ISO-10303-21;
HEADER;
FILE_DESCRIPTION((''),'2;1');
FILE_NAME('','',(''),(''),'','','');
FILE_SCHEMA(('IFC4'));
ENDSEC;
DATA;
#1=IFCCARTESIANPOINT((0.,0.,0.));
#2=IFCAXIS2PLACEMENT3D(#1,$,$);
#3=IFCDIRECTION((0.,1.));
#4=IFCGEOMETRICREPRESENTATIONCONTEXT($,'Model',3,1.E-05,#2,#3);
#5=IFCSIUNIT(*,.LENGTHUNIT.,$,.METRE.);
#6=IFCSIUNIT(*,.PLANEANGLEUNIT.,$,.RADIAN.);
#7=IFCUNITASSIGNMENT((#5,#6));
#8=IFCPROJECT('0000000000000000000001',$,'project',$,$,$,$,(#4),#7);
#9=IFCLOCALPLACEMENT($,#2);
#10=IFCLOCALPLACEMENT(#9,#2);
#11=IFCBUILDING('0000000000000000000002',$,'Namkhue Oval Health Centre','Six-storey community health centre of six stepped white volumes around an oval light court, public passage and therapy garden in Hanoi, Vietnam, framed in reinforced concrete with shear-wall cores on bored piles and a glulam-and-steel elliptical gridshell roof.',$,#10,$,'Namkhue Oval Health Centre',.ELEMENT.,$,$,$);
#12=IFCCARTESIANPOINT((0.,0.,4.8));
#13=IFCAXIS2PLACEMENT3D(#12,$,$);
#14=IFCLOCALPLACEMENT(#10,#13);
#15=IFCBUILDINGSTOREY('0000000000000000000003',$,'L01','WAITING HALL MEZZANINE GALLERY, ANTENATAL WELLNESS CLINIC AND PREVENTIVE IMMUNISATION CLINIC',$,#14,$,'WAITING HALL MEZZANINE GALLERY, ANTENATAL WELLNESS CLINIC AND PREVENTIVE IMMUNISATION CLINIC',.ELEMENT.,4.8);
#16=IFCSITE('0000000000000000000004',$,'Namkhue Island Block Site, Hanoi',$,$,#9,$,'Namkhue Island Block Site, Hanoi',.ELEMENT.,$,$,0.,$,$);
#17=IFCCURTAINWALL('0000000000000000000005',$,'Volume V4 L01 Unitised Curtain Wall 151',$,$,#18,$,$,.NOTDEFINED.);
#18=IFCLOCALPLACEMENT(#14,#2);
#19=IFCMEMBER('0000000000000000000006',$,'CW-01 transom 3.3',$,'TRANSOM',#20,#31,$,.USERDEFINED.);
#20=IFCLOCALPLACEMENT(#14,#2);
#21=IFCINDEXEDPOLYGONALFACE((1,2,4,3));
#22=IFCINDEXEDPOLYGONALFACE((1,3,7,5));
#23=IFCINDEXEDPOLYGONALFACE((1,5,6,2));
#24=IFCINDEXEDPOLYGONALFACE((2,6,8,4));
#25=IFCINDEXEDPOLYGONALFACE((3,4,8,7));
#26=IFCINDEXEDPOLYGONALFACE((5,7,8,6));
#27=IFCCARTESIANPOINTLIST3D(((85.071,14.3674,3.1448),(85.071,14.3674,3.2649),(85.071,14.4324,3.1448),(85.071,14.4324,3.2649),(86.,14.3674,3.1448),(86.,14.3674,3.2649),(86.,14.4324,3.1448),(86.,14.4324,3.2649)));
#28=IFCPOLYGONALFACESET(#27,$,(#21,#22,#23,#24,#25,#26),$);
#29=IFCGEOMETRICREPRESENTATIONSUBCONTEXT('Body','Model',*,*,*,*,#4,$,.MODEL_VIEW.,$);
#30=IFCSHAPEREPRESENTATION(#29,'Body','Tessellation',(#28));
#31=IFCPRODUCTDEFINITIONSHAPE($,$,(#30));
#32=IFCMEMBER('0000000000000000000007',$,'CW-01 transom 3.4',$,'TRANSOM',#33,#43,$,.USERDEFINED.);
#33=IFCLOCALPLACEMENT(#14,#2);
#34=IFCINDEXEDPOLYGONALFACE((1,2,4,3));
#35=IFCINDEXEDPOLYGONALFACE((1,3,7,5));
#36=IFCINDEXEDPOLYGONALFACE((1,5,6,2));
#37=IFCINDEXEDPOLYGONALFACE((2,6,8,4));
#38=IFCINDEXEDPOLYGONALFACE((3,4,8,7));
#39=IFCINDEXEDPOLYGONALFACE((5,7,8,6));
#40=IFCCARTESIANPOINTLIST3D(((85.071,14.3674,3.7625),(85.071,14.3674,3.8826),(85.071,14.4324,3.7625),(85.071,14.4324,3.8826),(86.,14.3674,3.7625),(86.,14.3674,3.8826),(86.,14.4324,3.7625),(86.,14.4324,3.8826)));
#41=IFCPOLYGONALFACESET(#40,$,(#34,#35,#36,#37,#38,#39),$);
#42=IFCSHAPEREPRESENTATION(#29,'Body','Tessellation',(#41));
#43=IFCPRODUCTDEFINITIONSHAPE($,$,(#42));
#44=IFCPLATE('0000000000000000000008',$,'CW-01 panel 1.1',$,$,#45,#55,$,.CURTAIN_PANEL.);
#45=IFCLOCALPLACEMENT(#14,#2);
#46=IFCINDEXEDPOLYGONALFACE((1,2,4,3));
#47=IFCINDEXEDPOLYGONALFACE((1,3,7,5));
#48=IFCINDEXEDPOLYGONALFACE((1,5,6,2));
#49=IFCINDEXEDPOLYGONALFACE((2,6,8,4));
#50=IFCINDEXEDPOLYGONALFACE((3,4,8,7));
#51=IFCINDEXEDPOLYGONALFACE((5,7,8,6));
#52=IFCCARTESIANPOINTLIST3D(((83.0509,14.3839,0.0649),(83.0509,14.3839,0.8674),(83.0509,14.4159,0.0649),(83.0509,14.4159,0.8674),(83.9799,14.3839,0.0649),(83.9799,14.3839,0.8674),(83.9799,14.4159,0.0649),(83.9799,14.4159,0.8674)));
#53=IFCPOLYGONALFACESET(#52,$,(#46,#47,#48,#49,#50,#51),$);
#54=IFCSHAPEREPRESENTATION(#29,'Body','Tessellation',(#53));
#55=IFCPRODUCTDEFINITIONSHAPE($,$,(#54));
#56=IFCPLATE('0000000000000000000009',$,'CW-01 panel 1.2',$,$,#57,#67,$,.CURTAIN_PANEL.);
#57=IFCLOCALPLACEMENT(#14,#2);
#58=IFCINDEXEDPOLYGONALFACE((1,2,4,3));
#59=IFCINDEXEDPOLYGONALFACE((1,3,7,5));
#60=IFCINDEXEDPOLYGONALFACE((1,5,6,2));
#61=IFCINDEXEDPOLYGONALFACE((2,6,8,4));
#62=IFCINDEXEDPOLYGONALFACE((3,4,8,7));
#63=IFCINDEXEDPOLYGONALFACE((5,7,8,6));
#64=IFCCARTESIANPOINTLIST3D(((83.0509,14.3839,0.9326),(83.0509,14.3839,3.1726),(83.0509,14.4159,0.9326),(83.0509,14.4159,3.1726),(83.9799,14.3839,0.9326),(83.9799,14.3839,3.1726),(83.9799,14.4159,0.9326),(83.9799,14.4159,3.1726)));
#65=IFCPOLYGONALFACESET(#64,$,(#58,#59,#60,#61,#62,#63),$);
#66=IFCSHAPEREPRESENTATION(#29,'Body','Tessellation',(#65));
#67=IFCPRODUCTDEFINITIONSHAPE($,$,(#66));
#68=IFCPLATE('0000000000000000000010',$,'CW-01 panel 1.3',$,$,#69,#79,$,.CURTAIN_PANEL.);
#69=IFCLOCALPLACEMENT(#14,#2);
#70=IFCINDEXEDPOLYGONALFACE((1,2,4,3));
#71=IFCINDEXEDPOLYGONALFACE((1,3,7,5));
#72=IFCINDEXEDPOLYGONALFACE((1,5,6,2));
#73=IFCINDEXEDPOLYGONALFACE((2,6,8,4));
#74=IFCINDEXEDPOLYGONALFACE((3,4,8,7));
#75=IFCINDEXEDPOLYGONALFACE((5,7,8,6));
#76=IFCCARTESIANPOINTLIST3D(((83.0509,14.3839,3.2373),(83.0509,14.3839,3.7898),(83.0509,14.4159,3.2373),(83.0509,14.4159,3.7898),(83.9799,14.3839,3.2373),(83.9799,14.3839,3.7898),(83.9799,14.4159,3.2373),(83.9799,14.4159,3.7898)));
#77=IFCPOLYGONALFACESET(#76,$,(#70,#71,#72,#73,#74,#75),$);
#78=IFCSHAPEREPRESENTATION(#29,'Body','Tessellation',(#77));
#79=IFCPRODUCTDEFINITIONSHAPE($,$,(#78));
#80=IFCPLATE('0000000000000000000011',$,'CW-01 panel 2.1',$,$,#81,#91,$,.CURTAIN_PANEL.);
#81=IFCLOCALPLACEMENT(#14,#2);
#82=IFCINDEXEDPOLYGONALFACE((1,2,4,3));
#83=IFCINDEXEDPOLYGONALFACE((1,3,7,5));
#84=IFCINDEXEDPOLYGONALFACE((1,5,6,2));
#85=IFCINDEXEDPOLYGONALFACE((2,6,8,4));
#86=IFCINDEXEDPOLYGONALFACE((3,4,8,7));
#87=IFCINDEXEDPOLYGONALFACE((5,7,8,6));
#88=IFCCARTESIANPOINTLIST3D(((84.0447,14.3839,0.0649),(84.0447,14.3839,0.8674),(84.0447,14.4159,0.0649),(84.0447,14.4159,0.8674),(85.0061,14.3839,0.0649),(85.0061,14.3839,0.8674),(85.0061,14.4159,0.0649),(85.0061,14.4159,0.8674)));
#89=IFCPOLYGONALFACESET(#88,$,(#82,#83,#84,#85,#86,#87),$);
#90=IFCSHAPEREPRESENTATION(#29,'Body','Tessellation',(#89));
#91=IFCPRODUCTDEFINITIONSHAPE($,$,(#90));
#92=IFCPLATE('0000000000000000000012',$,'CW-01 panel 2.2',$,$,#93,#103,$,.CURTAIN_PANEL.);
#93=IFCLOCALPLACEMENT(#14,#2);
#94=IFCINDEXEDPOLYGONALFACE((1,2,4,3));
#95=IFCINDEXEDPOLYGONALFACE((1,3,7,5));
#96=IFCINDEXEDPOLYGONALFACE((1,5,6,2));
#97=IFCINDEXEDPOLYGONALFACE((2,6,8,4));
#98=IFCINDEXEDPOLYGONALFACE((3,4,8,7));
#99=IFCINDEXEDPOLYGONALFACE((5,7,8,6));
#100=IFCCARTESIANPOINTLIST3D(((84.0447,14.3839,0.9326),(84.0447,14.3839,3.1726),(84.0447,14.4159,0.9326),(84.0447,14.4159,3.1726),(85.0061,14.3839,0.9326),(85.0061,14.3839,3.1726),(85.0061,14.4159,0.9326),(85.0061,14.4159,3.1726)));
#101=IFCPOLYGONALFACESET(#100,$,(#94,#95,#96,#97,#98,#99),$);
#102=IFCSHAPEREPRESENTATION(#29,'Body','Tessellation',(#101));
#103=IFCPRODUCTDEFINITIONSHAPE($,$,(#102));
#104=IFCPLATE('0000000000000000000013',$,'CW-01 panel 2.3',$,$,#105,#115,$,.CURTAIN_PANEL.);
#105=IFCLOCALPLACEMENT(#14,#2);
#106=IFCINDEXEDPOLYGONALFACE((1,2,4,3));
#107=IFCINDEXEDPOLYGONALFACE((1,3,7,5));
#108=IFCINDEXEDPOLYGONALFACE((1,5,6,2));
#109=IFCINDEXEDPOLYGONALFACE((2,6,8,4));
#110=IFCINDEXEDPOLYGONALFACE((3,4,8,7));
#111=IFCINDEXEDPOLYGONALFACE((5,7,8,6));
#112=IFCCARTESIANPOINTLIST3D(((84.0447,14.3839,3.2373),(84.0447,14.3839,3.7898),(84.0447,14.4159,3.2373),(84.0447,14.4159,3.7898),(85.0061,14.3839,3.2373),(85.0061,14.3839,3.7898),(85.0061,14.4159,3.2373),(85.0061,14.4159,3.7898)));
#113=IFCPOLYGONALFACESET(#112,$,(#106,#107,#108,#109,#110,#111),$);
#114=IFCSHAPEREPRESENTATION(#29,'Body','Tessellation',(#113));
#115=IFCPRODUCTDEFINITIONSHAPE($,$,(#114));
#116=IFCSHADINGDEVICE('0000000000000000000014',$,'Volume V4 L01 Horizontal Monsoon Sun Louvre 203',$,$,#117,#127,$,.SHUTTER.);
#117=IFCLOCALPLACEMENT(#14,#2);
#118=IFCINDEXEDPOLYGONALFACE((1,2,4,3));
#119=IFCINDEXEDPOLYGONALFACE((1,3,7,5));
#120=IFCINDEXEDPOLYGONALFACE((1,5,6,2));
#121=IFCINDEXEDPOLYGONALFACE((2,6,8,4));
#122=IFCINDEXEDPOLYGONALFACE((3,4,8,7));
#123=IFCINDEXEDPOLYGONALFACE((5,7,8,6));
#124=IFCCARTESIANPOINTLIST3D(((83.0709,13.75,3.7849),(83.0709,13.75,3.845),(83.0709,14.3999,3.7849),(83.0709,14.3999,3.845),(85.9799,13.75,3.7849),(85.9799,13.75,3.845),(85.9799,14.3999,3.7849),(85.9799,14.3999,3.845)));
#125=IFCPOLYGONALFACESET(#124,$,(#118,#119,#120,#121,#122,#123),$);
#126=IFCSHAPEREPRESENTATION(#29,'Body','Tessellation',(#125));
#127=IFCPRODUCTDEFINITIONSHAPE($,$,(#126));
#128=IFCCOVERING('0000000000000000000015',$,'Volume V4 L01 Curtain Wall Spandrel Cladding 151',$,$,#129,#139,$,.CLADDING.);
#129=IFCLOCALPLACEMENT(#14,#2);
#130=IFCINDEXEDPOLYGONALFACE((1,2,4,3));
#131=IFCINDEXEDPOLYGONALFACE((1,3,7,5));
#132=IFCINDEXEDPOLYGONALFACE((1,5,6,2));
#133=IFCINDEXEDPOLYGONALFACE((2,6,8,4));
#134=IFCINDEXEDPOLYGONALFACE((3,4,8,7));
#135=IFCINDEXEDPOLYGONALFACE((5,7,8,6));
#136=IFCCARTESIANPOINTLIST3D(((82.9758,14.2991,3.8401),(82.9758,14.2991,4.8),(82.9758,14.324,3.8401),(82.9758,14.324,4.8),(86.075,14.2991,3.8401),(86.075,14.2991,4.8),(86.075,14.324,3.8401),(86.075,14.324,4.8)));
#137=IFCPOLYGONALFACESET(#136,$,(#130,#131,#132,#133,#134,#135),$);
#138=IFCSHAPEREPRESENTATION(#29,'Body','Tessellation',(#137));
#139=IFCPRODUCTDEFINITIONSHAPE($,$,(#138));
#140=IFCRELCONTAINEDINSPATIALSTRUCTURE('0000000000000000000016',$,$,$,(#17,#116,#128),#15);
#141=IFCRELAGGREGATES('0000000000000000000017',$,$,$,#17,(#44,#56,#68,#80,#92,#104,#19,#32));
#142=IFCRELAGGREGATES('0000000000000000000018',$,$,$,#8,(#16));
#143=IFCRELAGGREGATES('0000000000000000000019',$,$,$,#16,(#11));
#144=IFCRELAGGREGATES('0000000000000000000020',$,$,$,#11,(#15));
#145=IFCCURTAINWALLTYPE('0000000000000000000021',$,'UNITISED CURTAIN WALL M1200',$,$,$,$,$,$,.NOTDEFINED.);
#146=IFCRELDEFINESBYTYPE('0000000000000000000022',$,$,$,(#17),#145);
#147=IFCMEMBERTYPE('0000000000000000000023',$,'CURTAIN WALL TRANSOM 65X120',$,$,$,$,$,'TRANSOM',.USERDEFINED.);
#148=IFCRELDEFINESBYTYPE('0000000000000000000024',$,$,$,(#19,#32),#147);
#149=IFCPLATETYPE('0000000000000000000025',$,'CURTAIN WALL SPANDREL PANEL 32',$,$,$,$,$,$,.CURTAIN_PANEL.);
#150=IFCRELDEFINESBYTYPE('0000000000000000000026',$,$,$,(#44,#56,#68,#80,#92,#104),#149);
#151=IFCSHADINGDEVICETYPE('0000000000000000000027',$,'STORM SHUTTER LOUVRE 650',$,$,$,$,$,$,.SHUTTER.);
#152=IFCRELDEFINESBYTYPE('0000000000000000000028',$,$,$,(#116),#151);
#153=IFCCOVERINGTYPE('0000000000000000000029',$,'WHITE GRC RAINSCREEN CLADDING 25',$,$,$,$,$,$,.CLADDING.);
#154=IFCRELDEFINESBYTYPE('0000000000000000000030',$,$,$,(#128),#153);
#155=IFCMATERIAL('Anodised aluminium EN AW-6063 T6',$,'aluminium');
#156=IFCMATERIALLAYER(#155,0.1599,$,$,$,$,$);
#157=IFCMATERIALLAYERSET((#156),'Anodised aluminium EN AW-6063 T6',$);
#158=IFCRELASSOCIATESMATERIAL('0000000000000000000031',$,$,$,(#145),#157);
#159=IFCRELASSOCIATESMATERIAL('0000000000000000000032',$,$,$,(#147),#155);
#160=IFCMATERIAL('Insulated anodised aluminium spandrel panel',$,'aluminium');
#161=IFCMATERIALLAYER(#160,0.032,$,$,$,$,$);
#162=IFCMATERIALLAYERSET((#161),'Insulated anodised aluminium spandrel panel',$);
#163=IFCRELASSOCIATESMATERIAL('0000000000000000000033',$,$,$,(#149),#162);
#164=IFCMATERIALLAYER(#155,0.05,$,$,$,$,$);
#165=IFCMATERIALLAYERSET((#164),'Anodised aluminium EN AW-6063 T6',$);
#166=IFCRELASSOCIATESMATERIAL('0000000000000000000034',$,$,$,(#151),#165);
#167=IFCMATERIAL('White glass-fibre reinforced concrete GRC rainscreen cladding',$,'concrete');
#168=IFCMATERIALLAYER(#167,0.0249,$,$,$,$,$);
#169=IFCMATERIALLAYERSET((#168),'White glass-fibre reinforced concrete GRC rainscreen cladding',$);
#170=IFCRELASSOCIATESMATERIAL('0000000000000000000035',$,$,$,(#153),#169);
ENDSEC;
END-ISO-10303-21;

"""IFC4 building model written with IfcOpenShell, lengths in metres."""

from ifc_helpers import new_model, si_unit, direction, frame, origin, origin_2d, place, context, subcontext, project, spatial, rectangle, extrude, material, layer, layer_set, material_profile, profile_set, type_object, element, aggregate, save


model = new_model("IFC4")

# Units and contexts
model_context = context("Model", 3, precision=1e-05, world=origin(), true_north=direction((0.0, 1.0)))
body_context = subcontext(model_context, "Body", "Model", "MODEL_VIEW")
ifc_project = project(units=[si_unit("LENGTHUNIT", "METRE"), si_unit("PLANEANGLEUNIT", "RADIAN")], contexts=[model_context])

# Site, building, storey
site_placement = place(None, origin())
site = spatial("IfcSite", under=ifc_project, at=site_placement, Name="Namkhue Island Block Site, Hanoi", LongName="Namkhue Island Block Site, Hanoi", CompositionType="ELEMENT", RefElevation=0.0)
building_placement = place(site_placement, origin())
building = spatial("IfcBuilding", under=site, at=building_placement, Name="Namkhue Oval Health Centre", Description="Six-storey community health centre of six stepped white volumes around an oval light court, public passage and therapy garden in Hanoi, Vietnam, framed in reinforced concrete with shear-wall cores on bored piles and a glulam-and-steel elliptical gridshell roof.", LongName="Namkhue Oval Health Centre", CompositionType="ELEMENT")
storey_placement = place(building_placement, frame((0.0, 0.0, 4.8)))
storey = spatial("IfcBuildingStorey", under=building, at=storey_placement, Name="L01", Description="WAITING HALL MEZZANINE GALLERY, ANTENATAL WELLNESS CLINIC AND PREVENTIVE IMMUNISATION CLINIC", LongName="WAITING HALL MEZZANINE GALLERY, ANTENATAL WELLNESS CLINIC AND PREVENTIVE IMMUNISATION CLINIC", CompositionType="ELEMENT", Elevation=4.8)

# Curtain wall, members, plates
ifc_material_1 = material(Name="Anodised aluminium EN AW-6063 T6", Category="aluminium")
ifc_layer_1 = layer(ifc_material_1, 0.1599)
ifc_layer_set_1 = layer_set([ifc_layer_1], Name="Anodised aluminium EN AW-6063 T6")
curtain_wall_type = type_object("IfcCurtainWallType", Name="UNITISED CURTAIN WALL M1200", PredefinedType="NOTDEFINED", material=ifc_layer_set_1)
curtain_wall_placement = place(storey_placement, origin())
curtain_wall = element("IfcCurtainWall", 1, at=curtain_wall_placement, inside=storey, type_object=curtain_wall_type, Name="Volume V4 L01 Unitised Curtain Wall 151", PredefinedType="NOTDEFINED")
ifc_material_profile_1 = material_profile(ifc_material_1, rectangle(XDim=0.0649, YDim=0.1201, at=origin_2d()), Name="ALU 65x120")
ifc_profile_set_1 = profile_set([ifc_material_profile_1], Name="Anodised aluminium EN AW-6063 T6")
member_type_1 = type_object("IfcMemberType", Name="CURTAIN WALL TRANSOM 65X120", ElementType="TRANSOM", PredefinedType="USERDEFINED", material=ifc_profile_set_1)
member_1_placement = place(storey_placement, frame((85.071, 14.3999, 3.2048), z_axis=(1.0, 0.0, 0.0), x_axis=(0.0, 1.0, 0.0)))
member_1 = element("IfcMember", 2, at=member_1_placement, type_object=member_type_1, Name="CW-01 transom 3.3", ObjectType="TRANSOM", PredefinedType="USERDEFINED", context=body_context, shape_type="SweptSolid", body=[
    extrude(rectangle(XDim=0.0649, YDim=0.1201, at=origin_2d()), origin(), (0.0, 0.0, 1.0), 0.929),
])
member_2_placement = place(storey_placement, frame((85.071, 14.3999, 3.8225), z_axis=(1.0, 0.0, 0.0), x_axis=(0.0, 1.0, 0.0)))
member_2 = element("IfcMember", 3, at=member_2_placement, type_object=member_type_1, Name="CW-01 transom 3.4", ObjectType="TRANSOM", PredefinedType="USERDEFINED", context=body_context, shape_type="SweptSolid", body=[
    extrude(rectangle(XDim=0.0649, YDim=0.1201, at=origin_2d()), origin(), (0.0, 0.0, 1.0), 0.929),
])
ifc_material_2 = material(Name="Insulated anodised aluminium spandrel panel", Category="aluminium")
ifc_layer_2 = layer(ifc_material_2, 0.032)
ifc_layer_set_2 = layer_set([ifc_layer_2], Name="Insulated anodised aluminium spandrel panel")
plate_type = type_object("IfcPlateType", Name="CURTAIN WALL SPANDREL PANEL 32", PredefinedType="CURTAIN_PANEL", material=ifc_layer_set_2)
plate_1_placement = place(storey_placement, frame((83.5154, 14.3999, 0.0649), z_axis=(0.0, 0.0, 1.0), x_axis=(1.0, 0.0, 0.0)))
plate_1 = element("IfcPlate", 4, at=plate_1_placement, type_object=plate_type, Name="CW-01 panel 1.1", PredefinedType="CURTAIN_PANEL", context=body_context, shape_type="SweptSolid", body=[
    extrude(rectangle(XDim=0.929, YDim=0.032, at=origin_2d()), origin(), (0.0, 0.0, 1.0), 0.8025),
])
plate_2_placement = place(storey_placement, frame((83.5154, 14.3999, 0.9326), z_axis=(0.0, 0.0, 1.0), x_axis=(1.0, 0.0, 0.0)))
plate_2 = element("IfcPlate", 5, at=plate_2_placement, type_object=plate_type, Name="CW-01 panel 1.2", PredefinedType="CURTAIN_PANEL", context=body_context, shape_type="SweptSolid", body=[
    extrude(rectangle(XDim=0.929, YDim=0.032, at=origin_2d()), origin(), (0.0, 0.0, 1.0), 2.24),
])
plate_3_placement = place(storey_placement, frame((83.5154, 14.3999, 3.2373), z_axis=(0.0, 0.0, 1.0), x_axis=(1.0, 0.0, 0.0)))
plate_3 = element("IfcPlate", 6, at=plate_3_placement, type_object=plate_type, Name="CW-01 panel 1.3", PredefinedType="CURTAIN_PANEL", context=body_context, shape_type="SweptSolid", body=[
    extrude(rectangle(XDim=0.929, YDim=0.032, at=origin_2d()), origin(), (0.0, 0.0, 1.0), 0.5525),
])
plate_4_placement = place(storey_placement, frame((84.5254, 14.3999, 0.0649), z_axis=(0.0, 0.0, 1.0), x_axis=(1.0, 0.0, 0.0)))
plate_4 = element("IfcPlate", 7, at=plate_4_placement, type_object=plate_type, Name="CW-01 panel 2.1", PredefinedType="CURTAIN_PANEL", context=body_context, shape_type="SweptSolid", body=[
    extrude(rectangle(XDim=0.9614, YDim=0.032, at=origin_2d()), origin(), (0.0, 0.0, 1.0), 0.8025),
])
plate_5_placement = place(storey_placement, frame((84.5254, 14.3999, 0.9326), z_axis=(0.0, 0.0, 1.0), x_axis=(1.0, 0.0, 0.0)))
plate_5 = element("IfcPlate", 8, at=plate_5_placement, type_object=plate_type, Name="CW-01 panel 2.2", PredefinedType="CURTAIN_PANEL", context=body_context, shape_type="SweptSolid", body=[
    extrude(rectangle(XDim=0.9614, YDim=0.032, at=origin_2d()), origin(), (0.0, 0.0, 1.0), 2.24),
])
plate_6_placement = place(storey_placement, frame((84.5254, 14.3999, 3.2373), z_axis=(0.0, 0.0, 1.0), x_axis=(1.0, 0.0, 0.0)))
plate_6 = element("IfcPlate", 9, at=plate_6_placement, type_object=plate_type, Name="CW-01 panel 2.3", PredefinedType="CURTAIN_PANEL", context=body_context, shape_type="SweptSolid", body=[
    extrude(rectangle(XDim=0.9614, YDim=0.032, at=origin_2d()), origin(), (0.0, 0.0, 1.0), 0.5525),
])
aggregate(curtain_wall, [plate_1, plate_2, plate_3, plate_4, plate_5, plate_6, member_1, member_2])

# Shading device
ifc_layer_3 = layer(ifc_material_1, 0.05)
ifc_layer_set_3 = layer_set([ifc_layer_3], Name="Anodised aluminium EN AW-6063 T6")
shading_device_type = type_object("IfcShadingDeviceType", Name="STORM SHUTTER LOUVRE 650", PredefinedType="SHUTTER", material=ifc_layer_set_3)
shading_device_placement = place(storey_placement, frame((84.5254, 14.075, 3.7849), z_axis=(0.0, 0.0, 1.0), x_axis=(1.0, 0.0, 0.0)))
element("IfcShadingDevice", 10, at=shading_device_placement, inside=storey, type_object=shading_device_type, Name="Volume V4 L01 Horizontal Monsoon Sun Louvre 203", PredefinedType="SHUTTER", context=body_context, shape_type="SweptSolid", body=[
    extrude(rectangle(XDim=2.9089, YDim=0.6499, at=origin_2d()), origin(), (0.0, 0.0, 1.0), 0.0601),
])

# Covering
ifc_material_3 = material(Name="White glass-fibre reinforced concrete GRC rainscreen cladding", Category="concrete")
ifc_layer_4 = layer(ifc_material_3, 0.0249)
ifc_layer_set_4 = layer_set([ifc_layer_4], Name="White glass-fibre reinforced concrete GRC rainscreen cladding")
covering_type = type_object("IfcCoveringType", Name="WHITE GRC RAINSCREEN CLADDING 25", PredefinedType="CLADDING", material=ifc_layer_set_4)
covering_placement = place(storey_placement, frame((84.5254, 14.3115, 3.8401), z_axis=(0.0, 0.0, 1.0), x_axis=(1.0, 0.0, 0.0)))
element("IfcCovering", 11, at=covering_placement, inside=storey, type_object=covering_type, Name="Volume V4 L01 Curtain Wall Spandrel Cladding 151", PredefinedType="CLADDING", context=body_context, shape_type="SweptSolid", body=[
    extrude(rectangle(XDim=3.0991, YDim=0.0249, at=origin_2d()), origin(), (0.0, 0.0, 1.0), 0.96),
])

save(model, "model.ifc")
